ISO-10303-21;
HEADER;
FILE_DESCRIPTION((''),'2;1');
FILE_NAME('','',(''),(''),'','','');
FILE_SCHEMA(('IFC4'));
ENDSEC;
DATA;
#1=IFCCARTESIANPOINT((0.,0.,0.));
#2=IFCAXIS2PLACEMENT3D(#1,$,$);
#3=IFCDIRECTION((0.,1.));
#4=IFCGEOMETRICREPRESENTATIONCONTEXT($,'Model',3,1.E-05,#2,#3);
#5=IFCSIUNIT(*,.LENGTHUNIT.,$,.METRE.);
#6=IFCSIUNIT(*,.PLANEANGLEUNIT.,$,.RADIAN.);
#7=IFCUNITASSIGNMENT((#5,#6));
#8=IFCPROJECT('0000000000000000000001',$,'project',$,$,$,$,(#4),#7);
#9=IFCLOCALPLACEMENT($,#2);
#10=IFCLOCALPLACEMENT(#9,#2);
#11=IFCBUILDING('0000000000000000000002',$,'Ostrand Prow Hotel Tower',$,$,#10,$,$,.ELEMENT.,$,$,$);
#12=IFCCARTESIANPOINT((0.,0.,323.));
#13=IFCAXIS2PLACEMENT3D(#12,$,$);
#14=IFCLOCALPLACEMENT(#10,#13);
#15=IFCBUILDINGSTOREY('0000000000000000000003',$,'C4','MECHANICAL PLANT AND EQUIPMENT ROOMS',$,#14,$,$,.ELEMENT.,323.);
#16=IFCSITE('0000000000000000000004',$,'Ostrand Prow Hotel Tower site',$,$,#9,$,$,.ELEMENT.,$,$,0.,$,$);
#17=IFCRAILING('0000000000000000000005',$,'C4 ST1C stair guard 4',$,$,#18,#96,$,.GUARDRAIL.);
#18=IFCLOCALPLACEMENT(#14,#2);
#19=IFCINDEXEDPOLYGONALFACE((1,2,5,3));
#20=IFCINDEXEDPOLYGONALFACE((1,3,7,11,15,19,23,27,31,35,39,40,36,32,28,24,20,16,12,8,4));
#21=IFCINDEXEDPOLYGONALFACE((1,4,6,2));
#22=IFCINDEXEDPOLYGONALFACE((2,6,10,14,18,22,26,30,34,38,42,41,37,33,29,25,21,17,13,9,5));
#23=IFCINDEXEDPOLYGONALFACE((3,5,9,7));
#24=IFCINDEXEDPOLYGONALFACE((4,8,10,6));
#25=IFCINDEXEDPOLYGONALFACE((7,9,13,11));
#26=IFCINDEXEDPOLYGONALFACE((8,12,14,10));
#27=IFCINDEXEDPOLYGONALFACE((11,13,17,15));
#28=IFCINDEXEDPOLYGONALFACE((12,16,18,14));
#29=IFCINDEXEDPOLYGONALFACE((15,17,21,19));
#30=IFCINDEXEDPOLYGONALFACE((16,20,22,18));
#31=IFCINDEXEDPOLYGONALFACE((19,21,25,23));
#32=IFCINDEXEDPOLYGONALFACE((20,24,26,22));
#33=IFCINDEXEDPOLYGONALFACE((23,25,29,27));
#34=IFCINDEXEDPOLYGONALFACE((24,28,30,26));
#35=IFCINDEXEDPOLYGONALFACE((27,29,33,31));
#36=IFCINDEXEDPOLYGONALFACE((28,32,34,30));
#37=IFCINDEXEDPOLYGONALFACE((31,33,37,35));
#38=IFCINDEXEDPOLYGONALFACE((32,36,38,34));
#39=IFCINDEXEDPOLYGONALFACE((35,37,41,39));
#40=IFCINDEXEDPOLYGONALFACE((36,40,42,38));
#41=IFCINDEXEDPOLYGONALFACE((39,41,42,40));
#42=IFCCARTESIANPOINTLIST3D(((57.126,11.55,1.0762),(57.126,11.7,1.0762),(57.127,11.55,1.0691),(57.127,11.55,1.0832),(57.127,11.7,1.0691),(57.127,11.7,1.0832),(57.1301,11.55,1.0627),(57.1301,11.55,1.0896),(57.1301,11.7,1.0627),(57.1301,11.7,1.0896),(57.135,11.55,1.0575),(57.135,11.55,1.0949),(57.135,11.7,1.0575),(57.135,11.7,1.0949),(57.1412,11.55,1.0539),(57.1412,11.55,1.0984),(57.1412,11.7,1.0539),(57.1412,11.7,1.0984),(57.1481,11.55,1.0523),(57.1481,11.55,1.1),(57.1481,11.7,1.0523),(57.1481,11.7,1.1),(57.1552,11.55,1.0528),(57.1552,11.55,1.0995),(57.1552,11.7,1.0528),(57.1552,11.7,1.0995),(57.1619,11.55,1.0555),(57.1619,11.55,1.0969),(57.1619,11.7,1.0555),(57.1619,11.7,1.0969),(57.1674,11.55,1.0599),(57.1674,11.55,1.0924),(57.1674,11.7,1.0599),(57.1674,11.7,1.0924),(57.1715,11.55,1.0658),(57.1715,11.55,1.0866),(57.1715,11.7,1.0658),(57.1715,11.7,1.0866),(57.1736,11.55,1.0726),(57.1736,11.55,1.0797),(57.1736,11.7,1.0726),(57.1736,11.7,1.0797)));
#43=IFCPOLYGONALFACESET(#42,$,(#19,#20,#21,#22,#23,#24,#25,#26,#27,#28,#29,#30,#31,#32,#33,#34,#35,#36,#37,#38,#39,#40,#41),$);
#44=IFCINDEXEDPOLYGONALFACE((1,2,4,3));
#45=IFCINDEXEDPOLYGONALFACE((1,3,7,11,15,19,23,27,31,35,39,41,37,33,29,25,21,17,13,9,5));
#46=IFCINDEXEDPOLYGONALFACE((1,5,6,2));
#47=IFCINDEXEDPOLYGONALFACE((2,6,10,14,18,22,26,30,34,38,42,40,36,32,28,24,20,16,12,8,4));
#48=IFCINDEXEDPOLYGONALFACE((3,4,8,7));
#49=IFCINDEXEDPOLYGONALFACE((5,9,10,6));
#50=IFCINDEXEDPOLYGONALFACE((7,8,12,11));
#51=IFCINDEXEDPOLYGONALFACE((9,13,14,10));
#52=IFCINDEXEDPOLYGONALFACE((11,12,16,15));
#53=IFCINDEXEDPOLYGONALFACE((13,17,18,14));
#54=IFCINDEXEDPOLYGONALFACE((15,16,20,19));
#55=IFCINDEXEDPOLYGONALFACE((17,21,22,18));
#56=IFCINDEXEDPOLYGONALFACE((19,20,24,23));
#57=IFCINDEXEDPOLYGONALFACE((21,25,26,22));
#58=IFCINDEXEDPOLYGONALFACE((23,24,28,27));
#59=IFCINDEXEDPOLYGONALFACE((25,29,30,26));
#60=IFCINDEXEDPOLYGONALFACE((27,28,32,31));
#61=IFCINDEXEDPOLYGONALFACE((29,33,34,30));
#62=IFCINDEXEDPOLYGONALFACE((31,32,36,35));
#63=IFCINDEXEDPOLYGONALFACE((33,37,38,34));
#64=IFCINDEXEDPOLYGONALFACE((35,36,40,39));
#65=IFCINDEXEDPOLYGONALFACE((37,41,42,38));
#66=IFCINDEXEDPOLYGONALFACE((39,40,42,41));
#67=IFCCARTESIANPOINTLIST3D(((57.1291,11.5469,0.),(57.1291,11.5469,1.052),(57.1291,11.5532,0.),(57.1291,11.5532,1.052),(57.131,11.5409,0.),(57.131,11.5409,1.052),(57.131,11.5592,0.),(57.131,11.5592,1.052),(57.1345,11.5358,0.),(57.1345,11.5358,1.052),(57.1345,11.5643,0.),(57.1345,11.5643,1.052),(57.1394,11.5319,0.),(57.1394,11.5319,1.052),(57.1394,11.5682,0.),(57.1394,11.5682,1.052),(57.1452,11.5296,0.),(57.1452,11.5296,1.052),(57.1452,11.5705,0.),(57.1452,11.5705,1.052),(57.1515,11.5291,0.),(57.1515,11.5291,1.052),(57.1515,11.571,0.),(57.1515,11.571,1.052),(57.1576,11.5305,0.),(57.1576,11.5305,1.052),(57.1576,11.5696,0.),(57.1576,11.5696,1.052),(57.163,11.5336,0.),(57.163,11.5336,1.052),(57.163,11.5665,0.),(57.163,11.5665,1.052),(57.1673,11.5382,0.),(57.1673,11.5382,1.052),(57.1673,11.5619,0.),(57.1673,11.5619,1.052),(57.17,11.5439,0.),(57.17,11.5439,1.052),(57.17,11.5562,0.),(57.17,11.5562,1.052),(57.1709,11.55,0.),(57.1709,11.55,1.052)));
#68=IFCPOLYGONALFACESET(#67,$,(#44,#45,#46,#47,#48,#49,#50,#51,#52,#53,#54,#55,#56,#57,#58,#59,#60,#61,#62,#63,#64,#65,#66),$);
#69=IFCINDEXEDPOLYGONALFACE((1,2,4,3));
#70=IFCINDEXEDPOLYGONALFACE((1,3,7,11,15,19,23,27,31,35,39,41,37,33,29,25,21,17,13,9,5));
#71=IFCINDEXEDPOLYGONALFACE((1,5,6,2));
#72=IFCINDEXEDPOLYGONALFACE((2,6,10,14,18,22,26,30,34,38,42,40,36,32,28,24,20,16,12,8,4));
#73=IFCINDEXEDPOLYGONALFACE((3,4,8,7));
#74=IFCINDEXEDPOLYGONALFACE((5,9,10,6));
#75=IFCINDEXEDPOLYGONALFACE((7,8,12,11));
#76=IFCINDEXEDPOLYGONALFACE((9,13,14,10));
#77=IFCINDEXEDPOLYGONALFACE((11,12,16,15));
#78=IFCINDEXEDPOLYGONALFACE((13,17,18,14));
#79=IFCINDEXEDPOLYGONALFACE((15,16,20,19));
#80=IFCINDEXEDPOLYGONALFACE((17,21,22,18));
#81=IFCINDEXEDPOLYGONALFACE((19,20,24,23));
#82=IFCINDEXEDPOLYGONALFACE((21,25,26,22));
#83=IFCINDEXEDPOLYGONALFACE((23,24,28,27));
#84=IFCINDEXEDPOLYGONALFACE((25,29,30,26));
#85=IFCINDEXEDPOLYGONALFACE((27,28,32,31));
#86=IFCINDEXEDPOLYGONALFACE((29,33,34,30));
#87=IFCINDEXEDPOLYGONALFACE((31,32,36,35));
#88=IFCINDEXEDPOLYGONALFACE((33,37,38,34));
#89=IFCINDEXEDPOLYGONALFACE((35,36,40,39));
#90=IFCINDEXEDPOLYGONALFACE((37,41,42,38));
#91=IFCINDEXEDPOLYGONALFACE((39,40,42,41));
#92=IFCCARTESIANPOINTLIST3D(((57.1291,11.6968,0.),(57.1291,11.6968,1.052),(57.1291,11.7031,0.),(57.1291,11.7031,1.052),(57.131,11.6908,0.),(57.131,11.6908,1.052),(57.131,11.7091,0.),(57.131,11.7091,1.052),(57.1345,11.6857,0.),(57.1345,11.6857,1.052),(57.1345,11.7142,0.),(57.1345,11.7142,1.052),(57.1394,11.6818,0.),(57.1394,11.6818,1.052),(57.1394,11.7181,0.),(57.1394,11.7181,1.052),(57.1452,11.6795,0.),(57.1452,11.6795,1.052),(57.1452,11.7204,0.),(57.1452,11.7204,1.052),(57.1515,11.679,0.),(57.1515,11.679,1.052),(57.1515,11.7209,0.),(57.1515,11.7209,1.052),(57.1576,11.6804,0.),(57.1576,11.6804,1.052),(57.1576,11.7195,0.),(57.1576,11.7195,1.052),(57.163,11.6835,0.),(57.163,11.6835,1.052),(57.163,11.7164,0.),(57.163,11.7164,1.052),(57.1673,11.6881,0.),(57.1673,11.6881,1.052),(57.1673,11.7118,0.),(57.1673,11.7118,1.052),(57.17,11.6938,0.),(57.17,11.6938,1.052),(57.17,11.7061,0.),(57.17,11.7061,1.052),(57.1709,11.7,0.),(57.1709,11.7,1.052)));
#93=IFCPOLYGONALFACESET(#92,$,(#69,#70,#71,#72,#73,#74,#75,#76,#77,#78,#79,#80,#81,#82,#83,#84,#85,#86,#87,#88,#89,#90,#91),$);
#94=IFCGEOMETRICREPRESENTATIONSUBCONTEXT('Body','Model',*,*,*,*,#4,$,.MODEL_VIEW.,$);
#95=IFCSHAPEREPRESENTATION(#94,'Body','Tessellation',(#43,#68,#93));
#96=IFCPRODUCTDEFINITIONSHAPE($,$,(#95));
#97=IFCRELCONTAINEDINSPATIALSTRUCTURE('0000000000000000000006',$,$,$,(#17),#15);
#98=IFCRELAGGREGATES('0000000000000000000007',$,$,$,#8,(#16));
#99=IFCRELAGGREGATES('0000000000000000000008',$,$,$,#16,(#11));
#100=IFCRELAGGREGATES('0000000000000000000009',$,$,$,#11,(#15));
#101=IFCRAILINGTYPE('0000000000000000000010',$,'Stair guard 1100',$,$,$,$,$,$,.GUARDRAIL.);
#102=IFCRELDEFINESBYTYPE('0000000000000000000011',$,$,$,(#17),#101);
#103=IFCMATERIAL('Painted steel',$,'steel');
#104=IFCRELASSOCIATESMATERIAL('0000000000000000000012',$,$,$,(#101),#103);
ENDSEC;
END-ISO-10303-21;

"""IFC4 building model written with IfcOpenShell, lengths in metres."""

from ifc_helpers import new_model, si_unit, direction, frame, origin, origin_2d, place, context, subcontext, project, spatial, circle, extrude, material, type_object, element, save


model = new_model("IFC4")

# Units and contexts
model_context = context("Model", 3, precision=1e-05, world=origin(), true_north=direction((0.0, 1.0)))
body_context = subcontext(model_context, "Body", "Model", "MODEL_VIEW")
ifc_project = project(units=[si_unit("LENGTHUNIT", "METRE"), si_unit("PLANEANGLEUNIT", "RADIAN")], contexts=[model_context])

# Site, building, storey
site_placement = place(None, origin())
site = spatial("IfcSite", under=ifc_project, at=site_placement, Name="Ostrand Prow Hotel Tower site", CompositionType="ELEMENT", RefElevation=0.0)
building_placement = place(site_placement, origin())
building = spatial("IfcBuilding", under=site, at=building_placement, Name="Ostrand Prow Hotel Tower", CompositionType="ELEMENT")
storey_placement = place(building_placement, frame((0.0, 0.0, 323.0)))
storey = spatial("IfcBuildingStorey", under=building, at=storey_placement, Name="C4", Description="MECHANICAL PLANT AND EQUIPMENT ROOMS", CompositionType="ELEMENT", Elevation=323.0)

# Railing
ifc_material_1 = material(Name="Painted steel", Category="steel")
railing_type_1 = type_object("IfcRailingType", Name="Stair guard 1100", PredefinedType="GUARDRAIL", material=ifc_material_1)
railing_1_placement = place(storey_placement, frame((57.1499, 11.55, 0.0)))
element("IfcRailing", 1, at=railing_1_placement, inside=storey, type_object=railing_type_1, Name="C4 ST1C stair guard 4", PredefinedType="GUARDRAIL", context=body_context, shape_type="SweptSolid", body=[
    extrude(circle(Radius=0.0239, at=origin_2d()), frame((0.0, 0.0, 1.0762), z_axis=(0.0, 1.0, 0.0), x_axis=(-1.0, 0.0, 0.0)), (0.0, 0.0, 1.0), 0.1499),
    extrude(circle(Radius=0.021, at=origin_2d()), origin(), (0.0, 0.0, 1.0), 1.052),
    extrude(circle(Radius=0.021, at=origin_2d()), frame((0.0, 0.1499, 0.0)), (0.0, 0.0, 1.0), 1.052),
])

save(model, "model.ifc")
